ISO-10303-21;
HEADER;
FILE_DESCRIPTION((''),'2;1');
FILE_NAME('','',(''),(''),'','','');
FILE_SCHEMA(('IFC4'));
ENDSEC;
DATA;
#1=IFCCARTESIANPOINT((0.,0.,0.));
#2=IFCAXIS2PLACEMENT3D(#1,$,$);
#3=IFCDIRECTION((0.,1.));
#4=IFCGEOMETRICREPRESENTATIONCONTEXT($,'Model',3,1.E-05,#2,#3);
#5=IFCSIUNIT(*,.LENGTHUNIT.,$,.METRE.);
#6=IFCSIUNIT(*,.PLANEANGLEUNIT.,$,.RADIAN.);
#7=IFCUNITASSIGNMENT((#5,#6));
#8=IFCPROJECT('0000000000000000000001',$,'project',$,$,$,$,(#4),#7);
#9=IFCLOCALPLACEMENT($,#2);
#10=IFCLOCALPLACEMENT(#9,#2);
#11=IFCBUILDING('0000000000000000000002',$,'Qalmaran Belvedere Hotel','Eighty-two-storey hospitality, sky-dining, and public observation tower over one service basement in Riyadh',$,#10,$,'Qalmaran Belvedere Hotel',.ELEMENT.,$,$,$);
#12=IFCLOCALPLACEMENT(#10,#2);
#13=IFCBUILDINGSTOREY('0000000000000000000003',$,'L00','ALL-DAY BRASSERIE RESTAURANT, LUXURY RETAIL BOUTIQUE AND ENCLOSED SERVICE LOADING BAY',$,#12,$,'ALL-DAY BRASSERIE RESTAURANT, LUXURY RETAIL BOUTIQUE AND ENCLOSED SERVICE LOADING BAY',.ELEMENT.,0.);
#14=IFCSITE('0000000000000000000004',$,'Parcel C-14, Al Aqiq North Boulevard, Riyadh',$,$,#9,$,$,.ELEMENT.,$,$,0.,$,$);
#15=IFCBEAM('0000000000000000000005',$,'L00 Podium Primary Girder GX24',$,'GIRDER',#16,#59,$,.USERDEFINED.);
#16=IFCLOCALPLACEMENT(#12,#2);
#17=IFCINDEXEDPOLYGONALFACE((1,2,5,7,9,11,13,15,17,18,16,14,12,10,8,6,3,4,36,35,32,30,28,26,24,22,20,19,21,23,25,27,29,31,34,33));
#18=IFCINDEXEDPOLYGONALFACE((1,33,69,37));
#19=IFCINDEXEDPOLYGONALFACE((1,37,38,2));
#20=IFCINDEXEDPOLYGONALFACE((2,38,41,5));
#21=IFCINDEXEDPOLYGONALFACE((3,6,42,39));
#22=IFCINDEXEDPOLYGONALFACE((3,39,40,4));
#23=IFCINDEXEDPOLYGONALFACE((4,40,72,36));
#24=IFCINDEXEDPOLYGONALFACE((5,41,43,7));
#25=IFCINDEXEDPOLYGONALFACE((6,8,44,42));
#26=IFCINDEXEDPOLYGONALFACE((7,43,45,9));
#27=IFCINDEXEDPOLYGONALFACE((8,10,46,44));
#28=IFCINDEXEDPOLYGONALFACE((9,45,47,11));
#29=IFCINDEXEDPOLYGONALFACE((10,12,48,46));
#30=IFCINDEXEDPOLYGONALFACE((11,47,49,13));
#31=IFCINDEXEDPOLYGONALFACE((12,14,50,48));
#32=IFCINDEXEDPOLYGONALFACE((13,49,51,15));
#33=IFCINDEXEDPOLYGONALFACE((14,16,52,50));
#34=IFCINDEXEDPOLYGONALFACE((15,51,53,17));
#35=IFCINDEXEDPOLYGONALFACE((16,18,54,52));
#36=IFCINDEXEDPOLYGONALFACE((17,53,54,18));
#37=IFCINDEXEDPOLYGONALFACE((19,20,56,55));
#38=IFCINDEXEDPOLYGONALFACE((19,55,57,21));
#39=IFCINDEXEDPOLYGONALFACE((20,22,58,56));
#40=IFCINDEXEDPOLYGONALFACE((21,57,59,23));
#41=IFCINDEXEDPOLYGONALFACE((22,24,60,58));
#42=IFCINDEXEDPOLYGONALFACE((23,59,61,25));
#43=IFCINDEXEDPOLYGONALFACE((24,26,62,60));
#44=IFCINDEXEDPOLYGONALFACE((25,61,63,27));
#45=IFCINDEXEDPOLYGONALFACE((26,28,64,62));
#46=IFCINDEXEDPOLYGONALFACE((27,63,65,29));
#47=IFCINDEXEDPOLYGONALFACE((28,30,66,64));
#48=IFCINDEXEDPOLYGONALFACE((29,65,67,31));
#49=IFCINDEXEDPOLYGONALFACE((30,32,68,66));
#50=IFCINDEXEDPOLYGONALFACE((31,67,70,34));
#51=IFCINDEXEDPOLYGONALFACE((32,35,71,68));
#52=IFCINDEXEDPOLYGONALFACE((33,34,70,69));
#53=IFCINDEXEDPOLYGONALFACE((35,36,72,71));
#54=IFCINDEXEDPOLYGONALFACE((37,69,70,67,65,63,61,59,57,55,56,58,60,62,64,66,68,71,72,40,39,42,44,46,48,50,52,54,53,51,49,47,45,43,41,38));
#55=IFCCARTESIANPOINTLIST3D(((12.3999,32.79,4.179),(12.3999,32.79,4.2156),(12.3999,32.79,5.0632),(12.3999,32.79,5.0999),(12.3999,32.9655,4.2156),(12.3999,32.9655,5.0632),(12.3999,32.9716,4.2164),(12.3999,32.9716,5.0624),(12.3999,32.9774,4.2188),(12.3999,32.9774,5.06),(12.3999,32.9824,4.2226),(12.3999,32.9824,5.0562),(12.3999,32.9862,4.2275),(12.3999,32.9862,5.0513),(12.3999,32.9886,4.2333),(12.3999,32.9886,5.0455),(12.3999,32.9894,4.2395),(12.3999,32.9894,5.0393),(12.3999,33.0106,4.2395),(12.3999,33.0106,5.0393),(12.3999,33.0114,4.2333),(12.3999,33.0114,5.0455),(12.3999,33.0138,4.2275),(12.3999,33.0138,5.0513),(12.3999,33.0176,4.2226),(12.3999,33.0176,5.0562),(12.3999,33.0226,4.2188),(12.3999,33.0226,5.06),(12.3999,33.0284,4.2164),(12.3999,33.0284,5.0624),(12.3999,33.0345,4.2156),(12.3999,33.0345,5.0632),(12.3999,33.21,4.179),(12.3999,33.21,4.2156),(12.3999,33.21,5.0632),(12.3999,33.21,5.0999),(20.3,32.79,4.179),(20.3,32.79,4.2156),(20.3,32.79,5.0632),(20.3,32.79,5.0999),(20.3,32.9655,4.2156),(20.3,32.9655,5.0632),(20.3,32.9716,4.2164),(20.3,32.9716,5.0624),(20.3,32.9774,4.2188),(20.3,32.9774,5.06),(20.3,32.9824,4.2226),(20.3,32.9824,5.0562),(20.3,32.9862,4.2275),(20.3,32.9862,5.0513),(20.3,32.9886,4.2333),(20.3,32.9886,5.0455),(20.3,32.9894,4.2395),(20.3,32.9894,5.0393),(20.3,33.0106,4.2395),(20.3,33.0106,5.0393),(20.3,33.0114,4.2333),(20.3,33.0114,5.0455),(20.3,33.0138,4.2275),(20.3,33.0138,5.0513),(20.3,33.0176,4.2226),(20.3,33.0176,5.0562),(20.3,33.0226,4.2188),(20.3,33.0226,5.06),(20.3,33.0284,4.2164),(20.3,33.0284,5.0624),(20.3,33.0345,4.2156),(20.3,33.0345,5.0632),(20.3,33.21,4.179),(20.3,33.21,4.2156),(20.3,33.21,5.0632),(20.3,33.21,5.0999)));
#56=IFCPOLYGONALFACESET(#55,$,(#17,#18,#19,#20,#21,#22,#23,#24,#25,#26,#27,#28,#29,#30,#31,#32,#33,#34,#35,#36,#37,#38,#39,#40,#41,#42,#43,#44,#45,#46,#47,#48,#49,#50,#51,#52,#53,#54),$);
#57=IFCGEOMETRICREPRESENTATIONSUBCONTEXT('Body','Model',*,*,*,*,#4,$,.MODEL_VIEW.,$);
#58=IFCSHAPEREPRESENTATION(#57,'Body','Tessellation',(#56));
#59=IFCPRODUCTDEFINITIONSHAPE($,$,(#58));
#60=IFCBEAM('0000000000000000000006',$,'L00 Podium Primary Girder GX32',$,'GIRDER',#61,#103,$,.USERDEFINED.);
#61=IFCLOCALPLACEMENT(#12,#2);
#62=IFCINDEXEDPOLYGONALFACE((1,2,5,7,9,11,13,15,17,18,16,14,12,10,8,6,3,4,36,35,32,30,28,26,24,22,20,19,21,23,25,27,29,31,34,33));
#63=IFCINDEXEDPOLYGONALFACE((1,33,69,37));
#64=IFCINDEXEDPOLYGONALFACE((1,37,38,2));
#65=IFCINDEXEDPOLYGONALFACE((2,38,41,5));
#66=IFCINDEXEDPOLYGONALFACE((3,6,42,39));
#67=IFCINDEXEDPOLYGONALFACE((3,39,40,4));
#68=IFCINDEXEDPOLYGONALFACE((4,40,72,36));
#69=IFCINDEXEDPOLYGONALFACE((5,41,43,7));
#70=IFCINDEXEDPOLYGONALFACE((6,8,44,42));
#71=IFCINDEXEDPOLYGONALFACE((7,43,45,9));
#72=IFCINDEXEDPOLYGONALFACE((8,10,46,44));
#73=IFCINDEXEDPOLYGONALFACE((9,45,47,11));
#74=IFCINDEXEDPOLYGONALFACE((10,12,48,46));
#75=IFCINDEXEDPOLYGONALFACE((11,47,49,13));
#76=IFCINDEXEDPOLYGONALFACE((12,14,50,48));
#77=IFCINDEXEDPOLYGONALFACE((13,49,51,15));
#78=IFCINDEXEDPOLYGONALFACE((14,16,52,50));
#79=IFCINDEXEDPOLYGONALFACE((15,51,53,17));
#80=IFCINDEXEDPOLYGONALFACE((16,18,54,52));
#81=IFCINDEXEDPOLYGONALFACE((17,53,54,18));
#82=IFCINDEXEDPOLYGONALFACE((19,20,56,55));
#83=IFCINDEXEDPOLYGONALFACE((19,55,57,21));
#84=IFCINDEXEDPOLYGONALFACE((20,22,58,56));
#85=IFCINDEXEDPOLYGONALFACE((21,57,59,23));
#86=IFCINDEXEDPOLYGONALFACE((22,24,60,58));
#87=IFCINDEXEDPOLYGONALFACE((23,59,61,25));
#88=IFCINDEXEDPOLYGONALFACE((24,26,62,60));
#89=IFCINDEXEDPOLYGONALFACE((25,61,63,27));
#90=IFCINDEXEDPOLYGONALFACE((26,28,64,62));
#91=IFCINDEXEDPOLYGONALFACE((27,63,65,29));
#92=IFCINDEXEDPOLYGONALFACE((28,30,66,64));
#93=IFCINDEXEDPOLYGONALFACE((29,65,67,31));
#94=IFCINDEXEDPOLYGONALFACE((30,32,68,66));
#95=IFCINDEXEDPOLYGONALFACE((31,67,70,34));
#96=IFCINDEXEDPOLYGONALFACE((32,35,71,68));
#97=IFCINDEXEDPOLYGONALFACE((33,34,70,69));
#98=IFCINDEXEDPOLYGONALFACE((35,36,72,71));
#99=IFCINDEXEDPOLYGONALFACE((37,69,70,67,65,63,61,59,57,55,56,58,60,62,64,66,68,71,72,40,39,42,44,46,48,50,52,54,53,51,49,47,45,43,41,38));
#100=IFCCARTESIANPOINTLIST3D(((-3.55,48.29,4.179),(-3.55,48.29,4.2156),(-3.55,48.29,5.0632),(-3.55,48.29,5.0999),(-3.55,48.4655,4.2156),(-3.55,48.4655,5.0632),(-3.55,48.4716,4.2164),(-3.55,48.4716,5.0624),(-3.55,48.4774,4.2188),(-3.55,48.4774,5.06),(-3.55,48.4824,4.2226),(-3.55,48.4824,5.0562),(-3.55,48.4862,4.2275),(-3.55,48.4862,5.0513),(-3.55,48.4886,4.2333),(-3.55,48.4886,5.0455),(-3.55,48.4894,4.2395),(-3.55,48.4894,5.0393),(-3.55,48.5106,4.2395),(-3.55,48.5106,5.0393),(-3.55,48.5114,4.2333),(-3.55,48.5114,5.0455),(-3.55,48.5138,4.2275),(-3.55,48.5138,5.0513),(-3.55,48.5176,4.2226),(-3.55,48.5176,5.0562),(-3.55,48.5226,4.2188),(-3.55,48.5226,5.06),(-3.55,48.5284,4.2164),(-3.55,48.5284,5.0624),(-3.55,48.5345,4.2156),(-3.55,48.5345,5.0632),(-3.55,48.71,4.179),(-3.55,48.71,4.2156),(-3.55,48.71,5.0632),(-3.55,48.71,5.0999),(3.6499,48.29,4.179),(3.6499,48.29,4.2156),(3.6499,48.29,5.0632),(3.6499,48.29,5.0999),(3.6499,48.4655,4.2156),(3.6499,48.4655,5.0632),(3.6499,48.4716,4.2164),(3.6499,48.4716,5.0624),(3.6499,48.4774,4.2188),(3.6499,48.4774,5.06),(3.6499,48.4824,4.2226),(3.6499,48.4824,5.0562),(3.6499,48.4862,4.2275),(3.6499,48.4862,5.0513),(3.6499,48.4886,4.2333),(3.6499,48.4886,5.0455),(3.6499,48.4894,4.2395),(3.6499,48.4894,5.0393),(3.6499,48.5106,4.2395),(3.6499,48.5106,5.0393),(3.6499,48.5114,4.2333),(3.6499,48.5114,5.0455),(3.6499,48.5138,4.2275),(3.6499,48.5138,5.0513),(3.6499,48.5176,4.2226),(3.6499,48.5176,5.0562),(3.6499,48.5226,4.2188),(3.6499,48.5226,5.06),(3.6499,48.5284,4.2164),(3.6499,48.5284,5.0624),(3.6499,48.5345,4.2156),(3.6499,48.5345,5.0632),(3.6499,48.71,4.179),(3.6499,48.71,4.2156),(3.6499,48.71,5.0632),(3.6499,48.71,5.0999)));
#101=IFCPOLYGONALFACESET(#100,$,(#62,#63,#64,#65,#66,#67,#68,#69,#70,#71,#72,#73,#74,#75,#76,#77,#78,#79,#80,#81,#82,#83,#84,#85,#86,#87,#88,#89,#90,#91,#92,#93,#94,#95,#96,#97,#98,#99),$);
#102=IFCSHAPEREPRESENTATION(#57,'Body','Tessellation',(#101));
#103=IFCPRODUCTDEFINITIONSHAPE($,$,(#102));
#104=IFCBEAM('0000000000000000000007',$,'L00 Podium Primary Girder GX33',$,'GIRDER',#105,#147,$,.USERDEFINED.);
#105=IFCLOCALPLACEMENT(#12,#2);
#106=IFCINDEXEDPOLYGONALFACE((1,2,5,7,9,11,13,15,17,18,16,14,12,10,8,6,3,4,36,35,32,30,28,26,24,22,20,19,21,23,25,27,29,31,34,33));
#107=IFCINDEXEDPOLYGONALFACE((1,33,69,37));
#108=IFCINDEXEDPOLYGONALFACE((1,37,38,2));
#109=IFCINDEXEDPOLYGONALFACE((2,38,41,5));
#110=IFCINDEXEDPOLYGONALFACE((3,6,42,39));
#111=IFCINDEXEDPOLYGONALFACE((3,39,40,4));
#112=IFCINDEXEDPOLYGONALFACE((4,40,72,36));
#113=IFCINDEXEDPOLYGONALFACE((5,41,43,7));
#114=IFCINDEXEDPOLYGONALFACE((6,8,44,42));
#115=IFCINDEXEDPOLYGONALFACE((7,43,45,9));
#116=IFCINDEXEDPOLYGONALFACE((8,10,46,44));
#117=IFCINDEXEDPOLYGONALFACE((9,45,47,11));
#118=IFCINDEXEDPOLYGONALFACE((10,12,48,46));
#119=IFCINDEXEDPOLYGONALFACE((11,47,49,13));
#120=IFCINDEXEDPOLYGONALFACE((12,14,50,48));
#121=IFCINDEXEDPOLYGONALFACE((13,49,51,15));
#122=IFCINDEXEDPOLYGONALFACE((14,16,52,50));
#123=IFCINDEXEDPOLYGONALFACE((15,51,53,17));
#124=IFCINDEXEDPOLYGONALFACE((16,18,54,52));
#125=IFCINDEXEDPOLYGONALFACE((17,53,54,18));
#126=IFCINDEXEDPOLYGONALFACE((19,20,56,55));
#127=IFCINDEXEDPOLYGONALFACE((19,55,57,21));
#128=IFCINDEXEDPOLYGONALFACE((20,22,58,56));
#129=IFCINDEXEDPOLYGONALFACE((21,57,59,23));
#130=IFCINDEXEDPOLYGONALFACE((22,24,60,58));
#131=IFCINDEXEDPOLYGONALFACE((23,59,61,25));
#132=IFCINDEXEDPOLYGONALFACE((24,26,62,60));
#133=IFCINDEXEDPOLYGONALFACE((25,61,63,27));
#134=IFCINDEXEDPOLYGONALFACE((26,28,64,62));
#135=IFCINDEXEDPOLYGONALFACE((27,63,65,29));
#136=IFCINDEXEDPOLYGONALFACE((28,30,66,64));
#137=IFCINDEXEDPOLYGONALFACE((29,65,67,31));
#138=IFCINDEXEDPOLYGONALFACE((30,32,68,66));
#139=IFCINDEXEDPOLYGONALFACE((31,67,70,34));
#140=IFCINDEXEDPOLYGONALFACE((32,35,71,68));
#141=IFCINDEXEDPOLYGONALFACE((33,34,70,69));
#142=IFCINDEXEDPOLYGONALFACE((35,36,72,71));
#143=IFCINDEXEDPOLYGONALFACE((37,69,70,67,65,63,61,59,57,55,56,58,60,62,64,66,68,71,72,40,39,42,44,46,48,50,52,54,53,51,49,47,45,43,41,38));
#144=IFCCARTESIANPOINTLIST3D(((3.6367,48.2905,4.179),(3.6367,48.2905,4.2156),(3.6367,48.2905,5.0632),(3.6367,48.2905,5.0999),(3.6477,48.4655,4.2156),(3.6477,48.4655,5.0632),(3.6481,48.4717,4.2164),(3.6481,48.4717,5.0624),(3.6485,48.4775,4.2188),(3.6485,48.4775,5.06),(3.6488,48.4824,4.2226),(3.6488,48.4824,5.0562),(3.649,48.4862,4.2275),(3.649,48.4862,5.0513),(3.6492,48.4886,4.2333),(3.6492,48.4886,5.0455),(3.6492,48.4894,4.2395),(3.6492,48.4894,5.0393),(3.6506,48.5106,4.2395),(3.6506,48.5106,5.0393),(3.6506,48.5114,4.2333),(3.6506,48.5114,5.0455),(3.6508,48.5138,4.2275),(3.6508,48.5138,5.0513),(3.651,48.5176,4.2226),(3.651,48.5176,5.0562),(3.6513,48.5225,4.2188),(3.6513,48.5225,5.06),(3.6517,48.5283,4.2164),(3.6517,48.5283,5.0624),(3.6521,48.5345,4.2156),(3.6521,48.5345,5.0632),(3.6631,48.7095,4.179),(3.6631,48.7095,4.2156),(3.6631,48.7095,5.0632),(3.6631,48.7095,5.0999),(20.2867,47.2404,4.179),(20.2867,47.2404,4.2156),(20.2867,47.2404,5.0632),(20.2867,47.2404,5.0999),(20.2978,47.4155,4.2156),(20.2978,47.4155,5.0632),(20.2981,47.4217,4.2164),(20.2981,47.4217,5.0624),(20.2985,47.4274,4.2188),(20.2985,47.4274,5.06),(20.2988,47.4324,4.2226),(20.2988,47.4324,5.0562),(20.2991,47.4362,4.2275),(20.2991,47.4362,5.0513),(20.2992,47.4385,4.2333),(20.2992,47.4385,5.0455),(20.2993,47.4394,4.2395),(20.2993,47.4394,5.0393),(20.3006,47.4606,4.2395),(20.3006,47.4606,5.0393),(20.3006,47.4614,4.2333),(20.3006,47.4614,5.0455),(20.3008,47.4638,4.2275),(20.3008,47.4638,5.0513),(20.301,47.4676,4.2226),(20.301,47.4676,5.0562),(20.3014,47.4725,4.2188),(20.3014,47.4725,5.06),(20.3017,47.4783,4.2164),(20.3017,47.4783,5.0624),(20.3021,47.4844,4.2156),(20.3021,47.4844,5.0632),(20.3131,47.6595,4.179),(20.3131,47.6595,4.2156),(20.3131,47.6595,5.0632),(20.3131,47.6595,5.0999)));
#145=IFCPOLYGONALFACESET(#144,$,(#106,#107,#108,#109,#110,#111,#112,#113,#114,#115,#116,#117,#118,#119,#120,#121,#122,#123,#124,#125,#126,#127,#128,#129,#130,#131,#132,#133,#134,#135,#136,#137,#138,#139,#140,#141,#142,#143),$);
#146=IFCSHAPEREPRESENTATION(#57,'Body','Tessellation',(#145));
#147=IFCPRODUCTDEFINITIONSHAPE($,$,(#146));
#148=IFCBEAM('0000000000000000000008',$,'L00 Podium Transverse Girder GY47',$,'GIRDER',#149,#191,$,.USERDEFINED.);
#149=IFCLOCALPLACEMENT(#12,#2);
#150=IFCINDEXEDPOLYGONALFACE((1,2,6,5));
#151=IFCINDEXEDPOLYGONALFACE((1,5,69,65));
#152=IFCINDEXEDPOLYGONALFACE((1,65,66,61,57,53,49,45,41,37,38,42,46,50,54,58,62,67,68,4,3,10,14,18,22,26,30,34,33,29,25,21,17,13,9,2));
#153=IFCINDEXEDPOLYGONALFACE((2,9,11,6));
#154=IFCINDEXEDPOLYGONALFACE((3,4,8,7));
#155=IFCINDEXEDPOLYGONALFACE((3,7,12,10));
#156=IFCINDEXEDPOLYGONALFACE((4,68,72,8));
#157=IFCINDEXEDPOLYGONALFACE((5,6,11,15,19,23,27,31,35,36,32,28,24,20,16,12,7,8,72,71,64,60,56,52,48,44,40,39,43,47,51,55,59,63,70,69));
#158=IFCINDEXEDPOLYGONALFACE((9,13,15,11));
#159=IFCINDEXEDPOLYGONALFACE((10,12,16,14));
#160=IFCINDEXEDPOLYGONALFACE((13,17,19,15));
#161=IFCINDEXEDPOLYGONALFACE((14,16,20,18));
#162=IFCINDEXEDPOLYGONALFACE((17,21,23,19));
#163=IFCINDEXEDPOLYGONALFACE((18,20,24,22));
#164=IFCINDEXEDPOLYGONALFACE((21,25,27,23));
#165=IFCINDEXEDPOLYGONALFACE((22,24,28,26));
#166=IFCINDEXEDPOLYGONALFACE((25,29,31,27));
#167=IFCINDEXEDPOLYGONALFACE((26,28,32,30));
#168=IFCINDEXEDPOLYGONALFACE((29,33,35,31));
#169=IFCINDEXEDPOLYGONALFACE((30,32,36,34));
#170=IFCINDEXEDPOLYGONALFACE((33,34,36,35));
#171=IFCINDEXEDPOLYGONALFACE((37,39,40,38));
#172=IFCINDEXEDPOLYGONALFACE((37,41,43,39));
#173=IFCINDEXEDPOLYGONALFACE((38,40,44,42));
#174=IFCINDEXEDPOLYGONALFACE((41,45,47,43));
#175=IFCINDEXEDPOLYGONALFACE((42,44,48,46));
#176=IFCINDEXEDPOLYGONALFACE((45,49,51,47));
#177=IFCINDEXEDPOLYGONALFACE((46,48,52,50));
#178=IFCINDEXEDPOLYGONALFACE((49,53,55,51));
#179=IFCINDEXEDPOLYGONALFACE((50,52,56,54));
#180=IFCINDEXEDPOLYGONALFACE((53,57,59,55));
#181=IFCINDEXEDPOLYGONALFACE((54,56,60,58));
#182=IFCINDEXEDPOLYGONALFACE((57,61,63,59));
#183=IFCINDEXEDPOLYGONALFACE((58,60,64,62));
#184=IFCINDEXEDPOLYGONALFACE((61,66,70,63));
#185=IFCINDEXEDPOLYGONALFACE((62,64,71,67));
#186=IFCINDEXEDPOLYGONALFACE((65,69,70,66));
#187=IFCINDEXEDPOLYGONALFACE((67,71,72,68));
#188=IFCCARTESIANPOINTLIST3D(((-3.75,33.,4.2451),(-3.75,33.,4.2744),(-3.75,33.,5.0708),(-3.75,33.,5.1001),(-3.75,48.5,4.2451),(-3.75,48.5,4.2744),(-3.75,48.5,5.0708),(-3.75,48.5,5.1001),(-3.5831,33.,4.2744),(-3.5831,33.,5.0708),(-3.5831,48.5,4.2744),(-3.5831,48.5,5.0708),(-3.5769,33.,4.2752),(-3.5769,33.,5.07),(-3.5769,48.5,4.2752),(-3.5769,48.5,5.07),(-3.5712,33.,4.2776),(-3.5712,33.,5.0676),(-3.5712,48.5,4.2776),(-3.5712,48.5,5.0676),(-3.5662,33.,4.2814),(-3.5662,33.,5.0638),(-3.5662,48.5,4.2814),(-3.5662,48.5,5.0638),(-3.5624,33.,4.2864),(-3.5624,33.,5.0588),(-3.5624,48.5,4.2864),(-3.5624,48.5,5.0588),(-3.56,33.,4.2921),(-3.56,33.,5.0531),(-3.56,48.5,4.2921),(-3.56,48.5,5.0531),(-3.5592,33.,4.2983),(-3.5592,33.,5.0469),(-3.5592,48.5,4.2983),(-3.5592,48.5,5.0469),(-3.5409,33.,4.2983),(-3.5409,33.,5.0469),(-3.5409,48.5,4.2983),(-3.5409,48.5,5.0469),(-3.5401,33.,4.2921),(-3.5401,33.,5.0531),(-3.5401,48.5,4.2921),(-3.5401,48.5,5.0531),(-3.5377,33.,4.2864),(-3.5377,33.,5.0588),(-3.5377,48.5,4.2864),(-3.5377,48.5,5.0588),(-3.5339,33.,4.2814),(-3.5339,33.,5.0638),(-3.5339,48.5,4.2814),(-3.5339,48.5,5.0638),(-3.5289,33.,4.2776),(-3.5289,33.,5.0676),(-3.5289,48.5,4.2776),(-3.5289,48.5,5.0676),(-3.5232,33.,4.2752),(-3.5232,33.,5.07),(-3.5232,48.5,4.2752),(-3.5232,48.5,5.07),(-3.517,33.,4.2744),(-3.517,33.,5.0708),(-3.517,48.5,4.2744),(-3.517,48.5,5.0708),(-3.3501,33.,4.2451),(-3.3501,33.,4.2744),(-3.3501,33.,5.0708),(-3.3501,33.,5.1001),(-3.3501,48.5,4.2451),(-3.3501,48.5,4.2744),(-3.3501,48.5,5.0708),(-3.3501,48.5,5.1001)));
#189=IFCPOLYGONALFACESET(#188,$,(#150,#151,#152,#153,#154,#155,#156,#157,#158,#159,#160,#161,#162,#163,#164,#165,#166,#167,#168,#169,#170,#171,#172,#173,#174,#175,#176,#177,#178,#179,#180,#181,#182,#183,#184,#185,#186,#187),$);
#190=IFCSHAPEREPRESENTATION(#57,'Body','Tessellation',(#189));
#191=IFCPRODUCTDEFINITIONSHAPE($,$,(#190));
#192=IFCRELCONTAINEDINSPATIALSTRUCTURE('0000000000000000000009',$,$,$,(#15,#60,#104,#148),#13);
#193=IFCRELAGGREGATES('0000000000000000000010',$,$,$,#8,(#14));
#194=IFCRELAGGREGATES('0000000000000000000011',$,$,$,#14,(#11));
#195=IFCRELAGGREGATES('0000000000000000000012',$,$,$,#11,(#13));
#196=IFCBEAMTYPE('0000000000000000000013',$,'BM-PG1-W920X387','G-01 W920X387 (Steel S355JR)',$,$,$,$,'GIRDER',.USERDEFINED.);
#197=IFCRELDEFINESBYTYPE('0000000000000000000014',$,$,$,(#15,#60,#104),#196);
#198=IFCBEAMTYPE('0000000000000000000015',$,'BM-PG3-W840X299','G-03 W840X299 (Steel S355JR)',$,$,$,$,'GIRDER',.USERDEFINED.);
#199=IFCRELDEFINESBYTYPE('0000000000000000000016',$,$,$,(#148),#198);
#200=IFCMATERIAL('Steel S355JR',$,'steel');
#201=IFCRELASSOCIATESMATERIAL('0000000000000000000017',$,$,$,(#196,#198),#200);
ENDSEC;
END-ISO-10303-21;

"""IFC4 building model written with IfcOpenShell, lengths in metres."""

from ifc_helpers import new_model, si_unit, direction, frame, origin, origin_2d, place, context, subcontext, project, spatial, i_section, extrude, material, material_profile, profile_set, type_object, element, save


model = new_model("IFC4")

# Units and contexts
model_context = context("Model", 3, precision=1e-05, world=origin(), true_north=direction((0.0, 1.0)))
body_context = subcontext(model_context, "Body", "Model", "MODEL_VIEW")
ifc_project = project(units=[si_unit("LENGTHUNIT", "METRE"), si_unit("PLANEANGLEUNIT", "RADIAN")], contexts=[model_context])

# Site, building, storey
site_placement = place(None, origin())
site = spatial("IfcSite", under=ifc_project, at=site_placement, Name="Parcel C-14, Al Aqiq North Boulevard, Riyadh", CompositionType="ELEMENT", RefElevation=0.0)
building_placement = place(site_placement, origin())
building = spatial("IfcBuilding", under=site, at=building_placement, Name="Qalmaran Belvedere Hotel", Description="Eighty-two-storey hospitality, sky-dining, and public observation tower over one service basement in Riyadh", LongName="Qalmaran Belvedere Hotel", CompositionType="ELEMENT")
storey_placement = place(building_placement, origin())
storey = spatial("IfcBuildingStorey", under=building, at=storey_placement, Name="L00", Description="ALL-DAY BRASSERIE RESTAURANT, LUXURY RETAIL BOUTIQUE AND ENCLOSED SERVICE LOADING BAY", LongName="ALL-DAY BRASSERIE RESTAURANT, LUXURY RETAIL BOUTIQUE AND ENCLOSED SERVICE LOADING BAY", CompositionType="ELEMENT", Elevation=0.0)

# Beams
ifc_material_1 = material(Name="Steel S355JR", Category="steel")
ifc_material_profile_1 = material_profile(ifc_material_1, i_section(OverallWidth=0.4199, OverallDepth=0.9209, WebThickness=0.0212, FlangeThickness=0.0366, FilletRadius=0.0239, at=origin_2d()), Name="W920X387")
ifc_profile_set_1 = profile_set([ifc_material_profile_1], Name="Steel S355JR")
beam_type_1 = type_object("IfcBeamType", Name="BM-PG1-W920X387", Description="G-01 W920X387 (Steel S355JR)", ElementType="GIRDER", PredefinedType="USERDEFINED", material=ifc_profile_set_1)
beam_1_placement = place(storey_placement, frame((12.3999, 33.0, 4.6394), z_axis=(1.0, 0.0, 0.0), x_axis=(0.0, 1.0, 0.0)))
element("IfcBeam", 1, at=beam_1_placement, inside=storey, type_object=beam_type_1, Name="L00 Podium Primary Girder GX24", ObjectType="GIRDER", PredefinedType="USERDEFINED", context=body_context, shape_type="SweptSolid", body=[
    extrude(i_section(OverallWidth=0.4199, OverallDepth=0.9209, WebThickness=0.0212, FlangeThickness=0.0366, FilletRadius=0.0239, at=origin_2d()), origin(), (0.0, 0.0, 1.0), 7.9001),
])
beam_2_placement = place(storey_placement, frame((-3.55, 48.5, 4.6394), z_axis=(1.0, 0.0, 0.0), x_axis=(0.0, 1.0, 0.0)))
element("IfcBeam", 2, at=beam_2_placement, inside=storey, type_object=beam_type_1, Name="L00 Podium Primary Girder GX32", ObjectType="GIRDER", PredefinedType="USERDEFINED", context=body_context, shape_type="SweptSolid", body=[
    extrude(i_section(OverallWidth=0.4199, OverallDepth=0.9209, WebThickness=0.0212, FlangeThickness=0.0366, FilletRadius=0.0239, at=origin_2d()), origin(), (0.0, 0.0, 1.0), 7.2),
])
beam_3_placement = place(storey_placement, frame((3.6499, 48.5, 4.6394), z_axis=(0.998017, -0.06294, 0.0), x_axis=(0.06294, 0.998017, 0.0)))
element("IfcBeam", 3, at=beam_3_placement, inside=storey, type_object=beam_type_1, Name="L00 Podium Primary Girder GX33", ObjectType="GIRDER", PredefinedType="USERDEFINED", context=body_context, shape_type="SweptSolid", body=[
    extrude(i_section(OverallWidth=0.4199, OverallDepth=0.9209, WebThickness=0.0212, FlangeThickness=0.0366, FilletRadius=0.0239, at=origin_2d()), origin(), (0.0, 0.0, 1.0), 16.6831),
])
ifc_material_profile_2 = material_profile(ifc_material_1, i_section(OverallWidth=0.3999, OverallDepth=0.855, WebThickness=0.0183, FlangeThickness=0.0293, FilletRadius=0.0239, at=origin_2d()), Name="W840X299")
ifc_profile_set_2 = profile_set([ifc_material_profile_2], Name="Steel S355JR")
beam_type_2 = type_object("IfcBeamType", Name="BM-PG3-W840X299", Description="G-03 W840X299 (Steel S355JR)", ElementType="GIRDER", PredefinedType="USERDEFINED", material=ifc_profile_set_2)
for number, where, z_axis, x_axis, name in (
    (4, (-3.55, 33.0, 4.6726), (0.0, 1.0, 0.0), (-1.0, 0.0, 0.0), "L00 Podium Transverse Girder GY47"),
):
    element("IfcBeam", number, at=place(storey_placement, frame(where, z_axis=z_axis, x_axis=x_axis)), inside=storey, type_object=beam_type_2, Name=name, ObjectType="GIRDER", PredefinedType="USERDEFINED", context=body_context, shape_type="SweptSolid", body=[
        extrude(i_section(OverallWidth=0.3999, OverallDepth=0.855, WebThickness=0.0183, FlangeThickness=0.0293, FilletRadius=0.0239, at=origin_2d()), origin(), (0.0, 0.0, 1.0), 15.5),
    ])

save(model, "model.ifc")
